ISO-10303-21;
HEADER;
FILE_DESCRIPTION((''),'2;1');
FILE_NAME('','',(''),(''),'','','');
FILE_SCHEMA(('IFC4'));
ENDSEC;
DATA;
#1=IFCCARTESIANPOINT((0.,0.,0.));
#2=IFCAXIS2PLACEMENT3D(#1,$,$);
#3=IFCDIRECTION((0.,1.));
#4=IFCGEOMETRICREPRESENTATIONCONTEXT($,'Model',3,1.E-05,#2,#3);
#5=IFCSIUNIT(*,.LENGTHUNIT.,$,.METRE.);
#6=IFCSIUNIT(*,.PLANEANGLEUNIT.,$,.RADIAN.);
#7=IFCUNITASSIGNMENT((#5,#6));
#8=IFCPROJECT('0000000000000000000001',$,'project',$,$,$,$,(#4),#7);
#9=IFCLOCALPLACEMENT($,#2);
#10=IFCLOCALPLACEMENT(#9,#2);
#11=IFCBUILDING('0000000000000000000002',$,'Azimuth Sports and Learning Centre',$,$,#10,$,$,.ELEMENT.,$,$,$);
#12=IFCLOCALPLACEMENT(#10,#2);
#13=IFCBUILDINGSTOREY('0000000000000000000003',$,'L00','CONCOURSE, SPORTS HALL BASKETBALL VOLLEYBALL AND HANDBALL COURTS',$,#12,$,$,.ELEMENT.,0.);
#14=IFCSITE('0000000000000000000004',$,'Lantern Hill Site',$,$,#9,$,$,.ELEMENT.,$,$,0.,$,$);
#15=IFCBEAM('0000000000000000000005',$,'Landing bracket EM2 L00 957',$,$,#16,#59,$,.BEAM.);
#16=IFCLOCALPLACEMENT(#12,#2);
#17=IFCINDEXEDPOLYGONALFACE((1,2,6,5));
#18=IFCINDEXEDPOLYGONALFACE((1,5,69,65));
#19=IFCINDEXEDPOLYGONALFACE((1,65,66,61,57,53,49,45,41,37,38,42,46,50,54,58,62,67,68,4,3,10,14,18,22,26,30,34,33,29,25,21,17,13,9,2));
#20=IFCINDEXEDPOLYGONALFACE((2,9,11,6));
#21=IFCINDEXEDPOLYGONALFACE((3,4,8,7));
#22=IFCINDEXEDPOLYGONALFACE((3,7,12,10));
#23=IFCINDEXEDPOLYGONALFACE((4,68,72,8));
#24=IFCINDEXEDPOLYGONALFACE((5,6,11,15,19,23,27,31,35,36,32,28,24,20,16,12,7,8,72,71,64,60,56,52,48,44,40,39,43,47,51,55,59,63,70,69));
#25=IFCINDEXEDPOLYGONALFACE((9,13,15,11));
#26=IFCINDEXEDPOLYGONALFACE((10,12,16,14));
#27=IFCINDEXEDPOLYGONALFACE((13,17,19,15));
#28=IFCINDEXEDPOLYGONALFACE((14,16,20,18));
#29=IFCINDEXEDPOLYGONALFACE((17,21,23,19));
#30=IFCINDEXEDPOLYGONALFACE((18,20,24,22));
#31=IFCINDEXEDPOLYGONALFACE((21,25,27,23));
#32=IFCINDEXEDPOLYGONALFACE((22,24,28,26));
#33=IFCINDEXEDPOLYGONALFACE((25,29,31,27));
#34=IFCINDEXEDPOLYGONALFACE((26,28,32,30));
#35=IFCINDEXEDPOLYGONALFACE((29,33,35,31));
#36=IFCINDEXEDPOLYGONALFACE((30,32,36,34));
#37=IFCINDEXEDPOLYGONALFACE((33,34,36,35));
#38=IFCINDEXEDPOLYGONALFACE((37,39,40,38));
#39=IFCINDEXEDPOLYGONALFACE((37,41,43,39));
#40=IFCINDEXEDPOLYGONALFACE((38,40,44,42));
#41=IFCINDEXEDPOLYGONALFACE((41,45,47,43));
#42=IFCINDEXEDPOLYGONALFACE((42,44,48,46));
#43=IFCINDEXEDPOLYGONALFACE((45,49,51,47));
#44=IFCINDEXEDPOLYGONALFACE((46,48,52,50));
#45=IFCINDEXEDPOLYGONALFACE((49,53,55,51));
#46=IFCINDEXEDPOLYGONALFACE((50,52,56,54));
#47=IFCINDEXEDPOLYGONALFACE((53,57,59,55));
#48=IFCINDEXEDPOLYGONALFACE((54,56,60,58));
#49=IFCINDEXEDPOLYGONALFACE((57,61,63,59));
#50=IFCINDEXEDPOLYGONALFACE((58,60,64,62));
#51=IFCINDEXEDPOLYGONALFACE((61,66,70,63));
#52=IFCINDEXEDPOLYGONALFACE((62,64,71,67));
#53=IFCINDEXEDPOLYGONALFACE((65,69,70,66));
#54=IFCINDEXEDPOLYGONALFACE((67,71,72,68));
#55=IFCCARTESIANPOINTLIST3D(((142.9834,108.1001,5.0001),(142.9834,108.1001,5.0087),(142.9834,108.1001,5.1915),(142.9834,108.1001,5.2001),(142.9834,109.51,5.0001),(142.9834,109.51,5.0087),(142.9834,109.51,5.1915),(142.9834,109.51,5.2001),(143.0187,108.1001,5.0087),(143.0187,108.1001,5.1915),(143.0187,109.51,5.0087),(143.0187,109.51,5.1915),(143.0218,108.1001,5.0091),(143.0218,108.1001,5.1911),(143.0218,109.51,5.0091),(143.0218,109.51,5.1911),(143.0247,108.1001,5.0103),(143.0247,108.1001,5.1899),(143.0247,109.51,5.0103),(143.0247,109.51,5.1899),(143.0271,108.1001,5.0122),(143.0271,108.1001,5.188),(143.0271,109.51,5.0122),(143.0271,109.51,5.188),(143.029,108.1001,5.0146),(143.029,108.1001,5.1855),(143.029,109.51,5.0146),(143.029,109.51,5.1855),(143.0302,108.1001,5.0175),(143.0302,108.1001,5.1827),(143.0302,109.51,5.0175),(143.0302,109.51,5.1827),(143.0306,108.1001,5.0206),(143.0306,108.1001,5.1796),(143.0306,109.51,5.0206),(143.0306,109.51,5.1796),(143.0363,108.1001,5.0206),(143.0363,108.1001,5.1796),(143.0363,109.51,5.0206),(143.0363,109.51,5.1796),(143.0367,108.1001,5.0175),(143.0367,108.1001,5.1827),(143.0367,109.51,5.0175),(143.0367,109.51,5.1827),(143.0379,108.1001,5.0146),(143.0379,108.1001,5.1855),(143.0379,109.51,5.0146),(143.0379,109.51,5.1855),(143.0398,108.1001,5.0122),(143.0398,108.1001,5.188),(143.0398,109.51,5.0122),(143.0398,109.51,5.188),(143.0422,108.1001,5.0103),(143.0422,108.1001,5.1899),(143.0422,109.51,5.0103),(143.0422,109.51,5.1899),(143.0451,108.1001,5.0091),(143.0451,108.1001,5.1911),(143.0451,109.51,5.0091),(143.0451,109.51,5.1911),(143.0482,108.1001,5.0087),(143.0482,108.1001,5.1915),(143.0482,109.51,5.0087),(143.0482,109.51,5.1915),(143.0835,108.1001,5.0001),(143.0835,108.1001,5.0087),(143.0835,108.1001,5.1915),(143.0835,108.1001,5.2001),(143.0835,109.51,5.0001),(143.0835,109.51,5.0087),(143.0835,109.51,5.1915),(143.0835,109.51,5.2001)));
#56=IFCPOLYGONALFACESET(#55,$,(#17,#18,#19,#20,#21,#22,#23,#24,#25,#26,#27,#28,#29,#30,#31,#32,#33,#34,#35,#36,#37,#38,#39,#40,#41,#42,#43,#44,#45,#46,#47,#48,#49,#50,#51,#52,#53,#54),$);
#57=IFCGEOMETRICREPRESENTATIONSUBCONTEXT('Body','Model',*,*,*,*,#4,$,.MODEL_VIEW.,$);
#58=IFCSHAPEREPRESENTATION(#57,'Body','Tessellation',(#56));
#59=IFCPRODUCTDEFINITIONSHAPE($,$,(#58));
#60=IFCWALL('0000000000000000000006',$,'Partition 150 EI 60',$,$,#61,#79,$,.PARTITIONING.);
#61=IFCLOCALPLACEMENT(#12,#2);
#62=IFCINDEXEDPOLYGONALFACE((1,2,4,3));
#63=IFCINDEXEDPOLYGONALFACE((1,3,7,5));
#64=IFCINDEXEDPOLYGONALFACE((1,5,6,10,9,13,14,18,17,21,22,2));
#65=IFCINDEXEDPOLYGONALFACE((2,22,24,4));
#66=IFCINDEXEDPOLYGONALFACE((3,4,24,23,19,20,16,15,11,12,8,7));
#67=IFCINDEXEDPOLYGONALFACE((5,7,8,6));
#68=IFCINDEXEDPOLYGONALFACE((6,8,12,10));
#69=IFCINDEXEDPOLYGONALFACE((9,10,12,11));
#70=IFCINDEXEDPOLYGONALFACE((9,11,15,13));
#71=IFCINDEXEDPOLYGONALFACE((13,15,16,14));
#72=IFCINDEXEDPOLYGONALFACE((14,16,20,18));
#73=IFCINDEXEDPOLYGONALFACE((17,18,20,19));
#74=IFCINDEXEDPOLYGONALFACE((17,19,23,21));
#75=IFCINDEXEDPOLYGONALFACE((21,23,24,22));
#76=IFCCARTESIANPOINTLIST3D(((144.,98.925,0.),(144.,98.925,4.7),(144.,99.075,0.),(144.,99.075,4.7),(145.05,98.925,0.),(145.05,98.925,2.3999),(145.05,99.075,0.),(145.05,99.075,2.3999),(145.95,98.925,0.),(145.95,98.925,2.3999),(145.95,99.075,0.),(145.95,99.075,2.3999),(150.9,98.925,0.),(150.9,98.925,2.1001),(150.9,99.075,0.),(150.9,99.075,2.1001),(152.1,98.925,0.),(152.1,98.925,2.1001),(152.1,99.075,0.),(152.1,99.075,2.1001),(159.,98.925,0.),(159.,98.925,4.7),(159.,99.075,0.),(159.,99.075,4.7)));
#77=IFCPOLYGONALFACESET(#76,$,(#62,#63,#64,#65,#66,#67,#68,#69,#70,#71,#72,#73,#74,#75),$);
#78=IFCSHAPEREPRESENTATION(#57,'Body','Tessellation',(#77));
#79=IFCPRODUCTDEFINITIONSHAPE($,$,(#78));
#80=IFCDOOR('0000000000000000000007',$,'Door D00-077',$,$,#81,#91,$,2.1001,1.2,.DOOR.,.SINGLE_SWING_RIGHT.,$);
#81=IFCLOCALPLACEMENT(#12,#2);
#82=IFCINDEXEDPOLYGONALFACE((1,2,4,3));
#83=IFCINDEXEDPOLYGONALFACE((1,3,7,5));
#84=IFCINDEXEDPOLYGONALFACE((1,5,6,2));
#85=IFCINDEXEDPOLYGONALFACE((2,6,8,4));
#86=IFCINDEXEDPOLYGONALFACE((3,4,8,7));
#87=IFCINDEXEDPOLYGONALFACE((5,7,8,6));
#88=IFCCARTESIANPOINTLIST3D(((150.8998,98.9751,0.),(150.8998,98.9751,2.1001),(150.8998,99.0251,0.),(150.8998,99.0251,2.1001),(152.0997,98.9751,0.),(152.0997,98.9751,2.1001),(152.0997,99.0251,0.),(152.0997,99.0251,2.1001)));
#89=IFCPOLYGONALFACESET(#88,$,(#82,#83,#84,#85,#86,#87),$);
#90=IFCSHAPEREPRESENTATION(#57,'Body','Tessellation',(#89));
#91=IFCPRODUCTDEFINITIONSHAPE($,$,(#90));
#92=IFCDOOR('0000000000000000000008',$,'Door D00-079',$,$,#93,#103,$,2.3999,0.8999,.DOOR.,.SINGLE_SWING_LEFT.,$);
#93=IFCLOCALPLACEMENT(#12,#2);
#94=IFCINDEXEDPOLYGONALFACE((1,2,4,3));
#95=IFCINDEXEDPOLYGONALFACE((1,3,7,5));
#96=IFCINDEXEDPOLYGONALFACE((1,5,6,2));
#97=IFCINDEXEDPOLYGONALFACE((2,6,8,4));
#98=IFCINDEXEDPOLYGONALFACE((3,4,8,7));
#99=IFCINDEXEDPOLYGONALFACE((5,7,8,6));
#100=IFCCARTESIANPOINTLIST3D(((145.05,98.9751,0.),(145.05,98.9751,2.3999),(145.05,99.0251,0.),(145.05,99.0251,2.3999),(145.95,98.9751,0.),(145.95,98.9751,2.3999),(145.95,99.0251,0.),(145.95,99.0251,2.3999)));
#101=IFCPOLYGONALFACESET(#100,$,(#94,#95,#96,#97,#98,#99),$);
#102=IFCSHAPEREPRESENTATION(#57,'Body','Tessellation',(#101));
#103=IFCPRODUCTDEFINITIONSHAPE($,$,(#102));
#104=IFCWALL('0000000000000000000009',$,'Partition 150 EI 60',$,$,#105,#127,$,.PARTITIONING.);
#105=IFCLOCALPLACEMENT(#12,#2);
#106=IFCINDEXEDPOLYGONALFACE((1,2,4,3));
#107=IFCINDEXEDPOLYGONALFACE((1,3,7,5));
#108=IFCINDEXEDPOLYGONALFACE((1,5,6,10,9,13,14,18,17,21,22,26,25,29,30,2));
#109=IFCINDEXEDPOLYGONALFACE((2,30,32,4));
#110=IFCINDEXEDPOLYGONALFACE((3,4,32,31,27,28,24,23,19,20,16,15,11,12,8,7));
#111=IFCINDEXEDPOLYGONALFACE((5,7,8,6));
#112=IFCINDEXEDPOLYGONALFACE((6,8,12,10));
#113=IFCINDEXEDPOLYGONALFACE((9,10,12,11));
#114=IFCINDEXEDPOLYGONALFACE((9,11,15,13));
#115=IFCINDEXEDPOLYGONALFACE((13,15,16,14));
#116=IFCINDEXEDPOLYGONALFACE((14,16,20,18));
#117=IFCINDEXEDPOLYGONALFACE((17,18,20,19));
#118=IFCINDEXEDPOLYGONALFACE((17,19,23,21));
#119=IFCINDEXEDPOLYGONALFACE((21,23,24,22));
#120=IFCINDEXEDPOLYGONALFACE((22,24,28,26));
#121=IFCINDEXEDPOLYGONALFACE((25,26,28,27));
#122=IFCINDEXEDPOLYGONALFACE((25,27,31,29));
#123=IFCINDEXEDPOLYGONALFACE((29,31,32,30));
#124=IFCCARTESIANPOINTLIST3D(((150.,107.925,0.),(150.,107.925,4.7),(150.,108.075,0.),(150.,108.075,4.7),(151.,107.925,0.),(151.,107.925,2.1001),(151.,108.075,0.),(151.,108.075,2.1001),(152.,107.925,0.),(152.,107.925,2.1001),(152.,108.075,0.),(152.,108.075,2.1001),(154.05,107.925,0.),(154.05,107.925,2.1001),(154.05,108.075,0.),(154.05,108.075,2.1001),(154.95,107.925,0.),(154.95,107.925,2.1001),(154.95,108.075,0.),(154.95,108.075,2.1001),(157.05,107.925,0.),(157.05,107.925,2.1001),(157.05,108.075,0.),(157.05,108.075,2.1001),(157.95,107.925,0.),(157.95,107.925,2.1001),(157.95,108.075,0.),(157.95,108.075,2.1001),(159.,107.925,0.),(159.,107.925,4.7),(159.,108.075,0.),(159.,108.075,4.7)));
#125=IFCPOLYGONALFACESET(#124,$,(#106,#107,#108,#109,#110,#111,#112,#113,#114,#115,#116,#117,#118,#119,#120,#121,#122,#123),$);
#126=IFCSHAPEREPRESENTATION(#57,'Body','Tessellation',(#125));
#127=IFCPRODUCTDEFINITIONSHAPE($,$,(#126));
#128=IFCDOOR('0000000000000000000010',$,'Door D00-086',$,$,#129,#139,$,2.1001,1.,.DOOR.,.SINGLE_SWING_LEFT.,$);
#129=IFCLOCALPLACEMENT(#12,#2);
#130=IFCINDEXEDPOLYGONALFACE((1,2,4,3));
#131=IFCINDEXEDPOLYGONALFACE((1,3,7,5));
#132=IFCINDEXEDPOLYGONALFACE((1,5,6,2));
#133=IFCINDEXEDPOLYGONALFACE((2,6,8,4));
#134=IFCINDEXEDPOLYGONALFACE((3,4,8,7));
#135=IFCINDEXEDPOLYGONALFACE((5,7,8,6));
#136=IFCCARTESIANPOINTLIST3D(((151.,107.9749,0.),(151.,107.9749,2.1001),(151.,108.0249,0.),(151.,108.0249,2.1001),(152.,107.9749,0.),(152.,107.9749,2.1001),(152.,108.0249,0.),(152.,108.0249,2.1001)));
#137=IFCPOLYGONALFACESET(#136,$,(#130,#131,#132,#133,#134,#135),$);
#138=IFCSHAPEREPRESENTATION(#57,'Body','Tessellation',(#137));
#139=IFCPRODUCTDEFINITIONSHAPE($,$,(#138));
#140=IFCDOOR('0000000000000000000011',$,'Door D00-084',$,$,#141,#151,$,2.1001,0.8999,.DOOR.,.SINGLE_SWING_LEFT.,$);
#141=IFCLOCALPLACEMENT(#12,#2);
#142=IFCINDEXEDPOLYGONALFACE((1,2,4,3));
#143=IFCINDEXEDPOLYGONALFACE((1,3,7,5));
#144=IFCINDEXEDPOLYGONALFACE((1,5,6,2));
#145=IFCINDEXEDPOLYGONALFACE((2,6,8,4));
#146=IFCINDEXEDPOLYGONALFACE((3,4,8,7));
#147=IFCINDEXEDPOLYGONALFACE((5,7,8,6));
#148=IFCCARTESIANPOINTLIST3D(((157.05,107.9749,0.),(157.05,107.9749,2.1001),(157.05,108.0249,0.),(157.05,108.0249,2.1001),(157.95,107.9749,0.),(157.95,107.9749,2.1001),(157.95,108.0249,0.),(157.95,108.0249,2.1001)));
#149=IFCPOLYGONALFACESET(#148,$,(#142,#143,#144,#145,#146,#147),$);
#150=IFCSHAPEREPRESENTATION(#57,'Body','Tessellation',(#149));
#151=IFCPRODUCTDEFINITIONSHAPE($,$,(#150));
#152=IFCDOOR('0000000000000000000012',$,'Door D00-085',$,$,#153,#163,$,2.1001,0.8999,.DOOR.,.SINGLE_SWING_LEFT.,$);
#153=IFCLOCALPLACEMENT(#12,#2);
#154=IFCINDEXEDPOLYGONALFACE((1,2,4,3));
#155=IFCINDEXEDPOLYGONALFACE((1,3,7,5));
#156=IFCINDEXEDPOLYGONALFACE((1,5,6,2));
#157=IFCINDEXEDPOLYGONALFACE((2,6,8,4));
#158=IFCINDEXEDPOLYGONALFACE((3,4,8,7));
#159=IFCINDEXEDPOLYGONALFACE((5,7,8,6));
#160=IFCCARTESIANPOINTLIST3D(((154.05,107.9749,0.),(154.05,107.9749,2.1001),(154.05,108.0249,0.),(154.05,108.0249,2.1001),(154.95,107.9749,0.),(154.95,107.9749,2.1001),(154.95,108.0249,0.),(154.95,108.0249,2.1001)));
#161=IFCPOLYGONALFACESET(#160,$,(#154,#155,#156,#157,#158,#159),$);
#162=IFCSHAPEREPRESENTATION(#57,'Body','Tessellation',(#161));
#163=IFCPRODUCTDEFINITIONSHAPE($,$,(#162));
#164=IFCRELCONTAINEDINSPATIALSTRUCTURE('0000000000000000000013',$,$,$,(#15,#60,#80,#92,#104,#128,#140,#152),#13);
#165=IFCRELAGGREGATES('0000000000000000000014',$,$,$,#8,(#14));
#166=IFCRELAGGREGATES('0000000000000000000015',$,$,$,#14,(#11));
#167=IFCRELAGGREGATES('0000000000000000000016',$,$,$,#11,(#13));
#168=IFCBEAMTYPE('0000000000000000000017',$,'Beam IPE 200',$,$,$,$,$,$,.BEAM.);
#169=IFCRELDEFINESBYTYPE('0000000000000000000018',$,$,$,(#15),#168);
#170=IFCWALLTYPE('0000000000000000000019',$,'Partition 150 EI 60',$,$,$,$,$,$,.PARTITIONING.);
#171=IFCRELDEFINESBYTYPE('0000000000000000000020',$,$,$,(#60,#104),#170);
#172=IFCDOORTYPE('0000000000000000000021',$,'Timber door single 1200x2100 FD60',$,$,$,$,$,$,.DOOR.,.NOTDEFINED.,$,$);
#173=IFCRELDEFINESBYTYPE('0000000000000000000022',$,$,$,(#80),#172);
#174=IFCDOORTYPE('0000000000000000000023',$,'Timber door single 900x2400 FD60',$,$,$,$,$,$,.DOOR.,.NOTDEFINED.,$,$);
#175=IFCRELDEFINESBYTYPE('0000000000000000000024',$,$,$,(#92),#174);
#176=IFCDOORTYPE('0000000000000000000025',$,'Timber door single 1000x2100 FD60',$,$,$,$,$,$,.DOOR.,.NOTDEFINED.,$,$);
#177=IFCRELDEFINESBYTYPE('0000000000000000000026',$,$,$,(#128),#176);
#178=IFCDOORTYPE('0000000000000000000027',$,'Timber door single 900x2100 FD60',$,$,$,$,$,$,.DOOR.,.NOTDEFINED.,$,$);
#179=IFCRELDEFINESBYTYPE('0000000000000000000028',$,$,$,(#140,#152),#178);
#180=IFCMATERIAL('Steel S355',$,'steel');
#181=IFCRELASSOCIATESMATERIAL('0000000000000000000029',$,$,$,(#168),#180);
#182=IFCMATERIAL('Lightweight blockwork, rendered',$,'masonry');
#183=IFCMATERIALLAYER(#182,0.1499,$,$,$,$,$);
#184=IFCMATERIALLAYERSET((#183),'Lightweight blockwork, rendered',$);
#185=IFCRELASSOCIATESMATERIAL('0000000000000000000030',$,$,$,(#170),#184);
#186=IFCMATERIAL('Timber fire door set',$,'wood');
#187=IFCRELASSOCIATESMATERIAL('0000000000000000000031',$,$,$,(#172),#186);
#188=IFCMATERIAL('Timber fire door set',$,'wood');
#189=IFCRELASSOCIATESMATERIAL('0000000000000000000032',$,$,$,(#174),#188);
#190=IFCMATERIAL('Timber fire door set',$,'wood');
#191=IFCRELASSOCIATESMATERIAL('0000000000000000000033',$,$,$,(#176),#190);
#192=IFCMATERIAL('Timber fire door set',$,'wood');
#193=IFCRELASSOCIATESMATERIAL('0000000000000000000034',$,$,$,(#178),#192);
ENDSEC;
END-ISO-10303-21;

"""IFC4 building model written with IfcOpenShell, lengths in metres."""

from ifc_helpers import new_model, si_unit, direction, frame, frame_2d, origin, origin_2d, place, context, subcontext, project, spatial, rectangle, i_section, extrude, material, layer, layer_set, material_profile, profile_set, type_object, element, fill, save


model = new_model("IFC4")

# Units and contexts
model_context = context("Model", 3, precision=1e-05, world=origin(), true_north=direction((0.0, 1.0)))
body_context = subcontext(model_context, "Body", "Model", "MODEL_VIEW")
ifc_project = project(units=[si_unit("LENGTHUNIT", "METRE"), si_unit("PLANEANGLEUNIT", "RADIAN")], contexts=[model_context])

# Site, building, storey
site_placement = place(None, origin())
site = spatial("IfcSite", under=ifc_project, at=site_placement, Name="Lantern Hill Site", CompositionType="ELEMENT", RefElevation=0.0)
building_placement = place(site_placement, origin())
building = spatial("IfcBuilding", under=site, at=building_placement, Name="Azimuth Sports and Learning Centre", CompositionType="ELEMENT")
storey_placement = place(building_placement, origin())
storey = spatial("IfcBuildingStorey", under=building, at=storey_placement, Name="L00", Description="CONCOURSE, SPORTS HALL BASKETBALL VOLLEYBALL AND HANDBALL COURTS", CompositionType="ELEMENT", Elevation=0.0)

# Beam
ifc_material_1 = material(Name="Steel S355", Category="steel")
ifc_material_profile_1 = material_profile(ifc_material_1, i_section(OverallWidth=0.1001, OverallDepth=0.2, WebThickness=0.0056, FlangeThickness=0.0085, FilletRadius=0.012, at=origin_2d()), Name="IPE 200")
ifc_profile_set_1 = profile_set([ifc_material_profile_1], Name="Steel S355")
beam_type = type_object("IfcBeamType", Name="Beam IPE 200", PredefinedType="BEAM", material=ifc_profile_set_1)
for number, where, z_axis, x_axis, name in (
    (1, (143.0334, 108.1001, 5.1001), (0.0, 1.0, 0.0), (-1.0, 0.0, 0.0), "Landing bracket EM2 L00 957"),
):
    element("IfcBeam", number, at=place(storey_placement, frame(where, z_axis=z_axis, x_axis=x_axis)), inside=storey, type_object=beam_type, Name=name, PredefinedType="BEAM", context=body_context, shape_type="SweptSolid", body=[
        extrude(i_section(OverallWidth=0.1001, OverallDepth=0.2, WebThickness=0.0056, FlangeThickness=0.0085, FilletRadius=0.012, at=origin_2d()), origin(), (0.0, 0.0, 1.0), 1.4099),
    ])

# Walls, openings, doors
ifc_material_2 = material(Name="Lightweight blockwork, rendered", Category="masonry")
ifc_layer_1 = layer(ifc_material_2, 0.1499)
ifc_layer_set_1 = layer_set([ifc_layer_1], Name="Lightweight blockwork, rendered")
wall_type_1 = type_object("IfcWallType", Name="Partition 150 EI 60", PredefinedType="PARTITIONING", material=ifc_layer_set_1)
wall_1_placement = place(storey_placement, frame((144.0, 99.0, 0.0), z_axis=(0.0, 0.0, 1.0), x_axis=(1.0, 0.0, 0.0)))
wall_1 = element("IfcWall", 2, at=wall_1_placement, inside=storey, type_object=wall_type_1, Name="Partition 150 EI 60", PredefinedType="PARTITIONING", context=body_context, shape_type="SweptSolid", body=[
    extrude(rectangle(XDim=15.0, YDim=0.1499, at=frame_2d((7.5, 0.0))), origin(), (0.0, 0.0, 1.0), 4.7),
])
opening_1_placement = place(wall_1_placement, frame((6.8999, 0.0, 0.0)))
opening_1 = element("IfcOpeningElement", 3, at=opening_1_placement, cuts=wall_1, PredefinedType="OPENING", context=body_context, shape_type="SweptSolid", body=[
    extrude(rectangle(XDim=1.2, YDim=2.1001, at=frame_2d((0.6001, 1.05))), frame((0.0, 0.0859, 0.0), z_axis=(0.0, -1.0, 0.0), x_axis=(1.0, 0.0, 0.0)), (0.0, 0.0, 1.0), 0.1719),
])
opening_2_placement = place(wall_1_placement, frame((1.05, 0.0, 0.0)))
opening_2 = element("IfcOpeningElement", 4, at=opening_2_placement, cuts=wall_1, PredefinedType="OPENING", context=body_context, shape_type="SweptSolid", body=[
    extrude(rectangle(XDim=0.8999, YDim=2.3999, at=frame_2d((0.45, 1.2))), frame((0.0, 0.0859, 0.0), z_axis=(0.0, -1.0, 0.0), x_axis=(1.0, 0.0, 0.0)), (0.0, 0.0, 1.0), 0.1719),
])
ifc_material_3 = material(Name="Timber fire door set", Category="wood")
door_type_1 = type_object("IfcDoorType", Name="Timber door single 1200x2100 FD60", OperationType="NOTDEFINED", PredefinedType="DOOR", material=ifc_material_3)
door_1_placement = place(opening_1_placement, frame((1.2, 0.0, 0.0), z_axis=(0.0, 0.0, 1.0), x_axis=(-1.0, 0.0, 0.0)))
door_1 = element("IfcDoor", 5, at=door_1_placement, inside=storey, type_object=door_type_1, Name="Door D00-077", OperationType="SINGLE_SWING_RIGHT", OverallHeight=2.1001, OverallWidth=1.2, PredefinedType="DOOR", context=body_context, shape_type="SweptSolid", body=[
    extrude(rectangle(XDim=1.2, YDim=2.1001, at=frame_2d((0.6001, 1.05))), frame((0.0, 0.0249, 0.0), z_axis=(0.0, -1.0, 0.0), x_axis=(1.0, 0.0, 0.0)), (0.0, 0.0, 1.0), 0.05),
])
fill(opening_1, door_1)
ifc_material_4 = material(Name="Timber fire door set", Category="wood")
door_type_2 = type_object("IfcDoorType", Name="Timber door single 900x2400 FD60", OperationType="NOTDEFINED", PredefinedType="DOOR", material=ifc_material_4)
door_2_placement = place(opening_2_placement, frame((0.8999, 0.0, 0.0), z_axis=(0.0, 0.0, 1.0), x_axis=(-1.0, 0.0, 0.0)))
door_2 = element("IfcDoor", 6, at=door_2_placement, inside=storey, type_object=door_type_2, Name="Door D00-079", OperationType="SINGLE_SWING_LEFT", OverallHeight=2.3999, OverallWidth=0.8999, PredefinedType="DOOR", context=body_context, shape_type="SweptSolid", body=[
    extrude(rectangle(XDim=0.8999, YDim=2.3999, at=frame_2d((0.45, 1.2))), frame((0.0, 0.0249, 0.0), z_axis=(0.0, -1.0, 0.0), x_axis=(1.0, 0.0, 0.0)), (0.0, 0.0, 1.0), 0.05),
])
fill(opening_2, door_2)
wall_2_placement = place(storey_placement, frame((150.0, 108.0, 0.0), z_axis=(0.0, 0.0, 1.0), x_axis=(1.0, 0.0, 0.0)))
wall_2 = element("IfcWall", 7, at=wall_2_placement, inside=storey, type_object=wall_type_1, Name="Partition 150 EI 60", PredefinedType="PARTITIONING", context=body_context, shape_type="SweptSolid", body=[
    extrude(rectangle(XDim=9.0, YDim=0.1499, at=frame_2d((4.5, 0.0))), origin(), (0.0, 0.0, 1.0), 4.7),
])
opening_3_placement = place(wall_2_placement, frame((7.05, 0.0, 0.0)))
opening_3 = element("IfcOpeningElement", 8, at=opening_3_placement, cuts=wall_2, PredefinedType="OPENING", context=body_context, shape_type="SweptSolid", body=[
    extrude(rectangle(XDim=0.8999, YDim=2.1001, at=frame_2d((0.45, 1.05))), frame((0.0, 0.0859, 0.0), z_axis=(0.0, -1.0, 0.0), x_axis=(1.0, 0.0, 0.0)), (0.0, 0.0, 1.0), 0.1719),
])
opening_4_placement = place(wall_2_placement, frame((4.05, 0.0, 0.0)))
opening_4 = element("IfcOpeningElement", 9, at=opening_4_placement, cuts=wall_2, PredefinedType="OPENING", context=body_context, shape_type="SweptSolid", body=[
    extrude(rectangle(XDim=0.8999, YDim=2.1001, at=frame_2d((0.45, 1.05))), frame((0.0, 0.0859, 0.0), z_axis=(0.0, -1.0, 0.0), x_axis=(1.0, 0.0, 0.0)), (0.0, 0.0, 1.0), 0.1719),
])
opening_5_placement = place(wall_2_placement, frame((1.0, 0.0, 0.0)))
opening_5 = element("IfcOpeningElement", 10, at=opening_5_placement, cuts=wall_2, PredefinedType="OPENING", context=body_context, shape_type="SweptSolid", body=[
    extrude(rectangle(XDim=1.0, YDim=2.1001, at=frame_2d((0.5, 1.05))), frame((0.0, 0.0859, 0.0), z_axis=(0.0, -1.0, 0.0), x_axis=(1.0, 0.0, 0.0)), (0.0, 0.0, 1.0), 0.1719),
])
ifc_material_5 = material(Name="Timber fire door set", Category="wood")
door_type_3 = type_object("IfcDoorType", Name="Timber door single 1000x2100 FD60", OperationType="NOTDEFINED", PredefinedType="DOOR", material=ifc_material_5)
door_3_placement = place(opening_5_placement, origin())
door_3 = element("IfcDoor", 11, at=door_3_placement, inside=storey, type_object=door_type_3, Name="Door D00-086", OperationType="SINGLE_SWING_LEFT", OverallHeight=2.1001, OverallWidth=1.0, PredefinedType="DOOR", context=body_context, shape_type="SweptSolid", body=[
    extrude(rectangle(XDim=1.0, YDim=2.1001, at=frame_2d((0.5, 1.05))), frame((0.0, 0.0249, 0.0), z_axis=(0.0, -1.0, 0.0), x_axis=(1.0, 0.0, 0.0)), (0.0, 0.0, 1.0), 0.05),
])
fill(opening_5, door_3)
ifc_material_6 = material(Name="Timber fire door set", Category="wood")
door_type_4 = type_object("IfcDoorType", Name="Timber door single 900x2100 FD60", OperationType="NOTDEFINED", PredefinedType="DOOR", material=ifc_material_6)
door_4_placement = place(opening_3_placement, origin())
door_4 = element("IfcDoor", 12, at=door_4_placement, inside=storey, type_object=door_type_4, Name="Door D00-084", OperationType="SINGLE_SWING_LEFT", OverallHeight=2.1001, OverallWidth=0.8999, PredefinedType="DOOR", context=body_context, shape_type="SweptSolid", body=[
    extrude(rectangle(XDim=0.8999, YDim=2.1001, at=frame_2d((0.45, 1.05))), frame((0.0, 0.0249, 0.0), z_axis=(0.0, -1.0, 0.0), x_axis=(1.0, 0.0, 0.0)), (0.0, 0.0, 1.0), 0.05),
])
fill(opening_3, door_4)
door_5_placement = place(opening_4_placement, origin())
door_5 = element("IfcDoor", 13, at=door_5_placement, inside=storey, type_object=door_type_4, Name="Door D00-085", OperationType="SINGLE_SWING_LEFT", OverallHeight=2.1001, OverallWidth=0.8999, PredefinedType="DOOR", context=body_context, shape_type="SweptSolid", body=[
    extrude(rectangle(XDim=0.8999, YDim=2.1001, at=frame_2d((0.45, 1.05))), frame((0.0, 0.0249, 0.0), z_axis=(0.0, -1.0, 0.0), x_axis=(1.0, 0.0, 0.0)), (0.0, 0.0, 1.0), 0.05),
])
fill(opening_4, door_5)

save(model, "model.ifc")
